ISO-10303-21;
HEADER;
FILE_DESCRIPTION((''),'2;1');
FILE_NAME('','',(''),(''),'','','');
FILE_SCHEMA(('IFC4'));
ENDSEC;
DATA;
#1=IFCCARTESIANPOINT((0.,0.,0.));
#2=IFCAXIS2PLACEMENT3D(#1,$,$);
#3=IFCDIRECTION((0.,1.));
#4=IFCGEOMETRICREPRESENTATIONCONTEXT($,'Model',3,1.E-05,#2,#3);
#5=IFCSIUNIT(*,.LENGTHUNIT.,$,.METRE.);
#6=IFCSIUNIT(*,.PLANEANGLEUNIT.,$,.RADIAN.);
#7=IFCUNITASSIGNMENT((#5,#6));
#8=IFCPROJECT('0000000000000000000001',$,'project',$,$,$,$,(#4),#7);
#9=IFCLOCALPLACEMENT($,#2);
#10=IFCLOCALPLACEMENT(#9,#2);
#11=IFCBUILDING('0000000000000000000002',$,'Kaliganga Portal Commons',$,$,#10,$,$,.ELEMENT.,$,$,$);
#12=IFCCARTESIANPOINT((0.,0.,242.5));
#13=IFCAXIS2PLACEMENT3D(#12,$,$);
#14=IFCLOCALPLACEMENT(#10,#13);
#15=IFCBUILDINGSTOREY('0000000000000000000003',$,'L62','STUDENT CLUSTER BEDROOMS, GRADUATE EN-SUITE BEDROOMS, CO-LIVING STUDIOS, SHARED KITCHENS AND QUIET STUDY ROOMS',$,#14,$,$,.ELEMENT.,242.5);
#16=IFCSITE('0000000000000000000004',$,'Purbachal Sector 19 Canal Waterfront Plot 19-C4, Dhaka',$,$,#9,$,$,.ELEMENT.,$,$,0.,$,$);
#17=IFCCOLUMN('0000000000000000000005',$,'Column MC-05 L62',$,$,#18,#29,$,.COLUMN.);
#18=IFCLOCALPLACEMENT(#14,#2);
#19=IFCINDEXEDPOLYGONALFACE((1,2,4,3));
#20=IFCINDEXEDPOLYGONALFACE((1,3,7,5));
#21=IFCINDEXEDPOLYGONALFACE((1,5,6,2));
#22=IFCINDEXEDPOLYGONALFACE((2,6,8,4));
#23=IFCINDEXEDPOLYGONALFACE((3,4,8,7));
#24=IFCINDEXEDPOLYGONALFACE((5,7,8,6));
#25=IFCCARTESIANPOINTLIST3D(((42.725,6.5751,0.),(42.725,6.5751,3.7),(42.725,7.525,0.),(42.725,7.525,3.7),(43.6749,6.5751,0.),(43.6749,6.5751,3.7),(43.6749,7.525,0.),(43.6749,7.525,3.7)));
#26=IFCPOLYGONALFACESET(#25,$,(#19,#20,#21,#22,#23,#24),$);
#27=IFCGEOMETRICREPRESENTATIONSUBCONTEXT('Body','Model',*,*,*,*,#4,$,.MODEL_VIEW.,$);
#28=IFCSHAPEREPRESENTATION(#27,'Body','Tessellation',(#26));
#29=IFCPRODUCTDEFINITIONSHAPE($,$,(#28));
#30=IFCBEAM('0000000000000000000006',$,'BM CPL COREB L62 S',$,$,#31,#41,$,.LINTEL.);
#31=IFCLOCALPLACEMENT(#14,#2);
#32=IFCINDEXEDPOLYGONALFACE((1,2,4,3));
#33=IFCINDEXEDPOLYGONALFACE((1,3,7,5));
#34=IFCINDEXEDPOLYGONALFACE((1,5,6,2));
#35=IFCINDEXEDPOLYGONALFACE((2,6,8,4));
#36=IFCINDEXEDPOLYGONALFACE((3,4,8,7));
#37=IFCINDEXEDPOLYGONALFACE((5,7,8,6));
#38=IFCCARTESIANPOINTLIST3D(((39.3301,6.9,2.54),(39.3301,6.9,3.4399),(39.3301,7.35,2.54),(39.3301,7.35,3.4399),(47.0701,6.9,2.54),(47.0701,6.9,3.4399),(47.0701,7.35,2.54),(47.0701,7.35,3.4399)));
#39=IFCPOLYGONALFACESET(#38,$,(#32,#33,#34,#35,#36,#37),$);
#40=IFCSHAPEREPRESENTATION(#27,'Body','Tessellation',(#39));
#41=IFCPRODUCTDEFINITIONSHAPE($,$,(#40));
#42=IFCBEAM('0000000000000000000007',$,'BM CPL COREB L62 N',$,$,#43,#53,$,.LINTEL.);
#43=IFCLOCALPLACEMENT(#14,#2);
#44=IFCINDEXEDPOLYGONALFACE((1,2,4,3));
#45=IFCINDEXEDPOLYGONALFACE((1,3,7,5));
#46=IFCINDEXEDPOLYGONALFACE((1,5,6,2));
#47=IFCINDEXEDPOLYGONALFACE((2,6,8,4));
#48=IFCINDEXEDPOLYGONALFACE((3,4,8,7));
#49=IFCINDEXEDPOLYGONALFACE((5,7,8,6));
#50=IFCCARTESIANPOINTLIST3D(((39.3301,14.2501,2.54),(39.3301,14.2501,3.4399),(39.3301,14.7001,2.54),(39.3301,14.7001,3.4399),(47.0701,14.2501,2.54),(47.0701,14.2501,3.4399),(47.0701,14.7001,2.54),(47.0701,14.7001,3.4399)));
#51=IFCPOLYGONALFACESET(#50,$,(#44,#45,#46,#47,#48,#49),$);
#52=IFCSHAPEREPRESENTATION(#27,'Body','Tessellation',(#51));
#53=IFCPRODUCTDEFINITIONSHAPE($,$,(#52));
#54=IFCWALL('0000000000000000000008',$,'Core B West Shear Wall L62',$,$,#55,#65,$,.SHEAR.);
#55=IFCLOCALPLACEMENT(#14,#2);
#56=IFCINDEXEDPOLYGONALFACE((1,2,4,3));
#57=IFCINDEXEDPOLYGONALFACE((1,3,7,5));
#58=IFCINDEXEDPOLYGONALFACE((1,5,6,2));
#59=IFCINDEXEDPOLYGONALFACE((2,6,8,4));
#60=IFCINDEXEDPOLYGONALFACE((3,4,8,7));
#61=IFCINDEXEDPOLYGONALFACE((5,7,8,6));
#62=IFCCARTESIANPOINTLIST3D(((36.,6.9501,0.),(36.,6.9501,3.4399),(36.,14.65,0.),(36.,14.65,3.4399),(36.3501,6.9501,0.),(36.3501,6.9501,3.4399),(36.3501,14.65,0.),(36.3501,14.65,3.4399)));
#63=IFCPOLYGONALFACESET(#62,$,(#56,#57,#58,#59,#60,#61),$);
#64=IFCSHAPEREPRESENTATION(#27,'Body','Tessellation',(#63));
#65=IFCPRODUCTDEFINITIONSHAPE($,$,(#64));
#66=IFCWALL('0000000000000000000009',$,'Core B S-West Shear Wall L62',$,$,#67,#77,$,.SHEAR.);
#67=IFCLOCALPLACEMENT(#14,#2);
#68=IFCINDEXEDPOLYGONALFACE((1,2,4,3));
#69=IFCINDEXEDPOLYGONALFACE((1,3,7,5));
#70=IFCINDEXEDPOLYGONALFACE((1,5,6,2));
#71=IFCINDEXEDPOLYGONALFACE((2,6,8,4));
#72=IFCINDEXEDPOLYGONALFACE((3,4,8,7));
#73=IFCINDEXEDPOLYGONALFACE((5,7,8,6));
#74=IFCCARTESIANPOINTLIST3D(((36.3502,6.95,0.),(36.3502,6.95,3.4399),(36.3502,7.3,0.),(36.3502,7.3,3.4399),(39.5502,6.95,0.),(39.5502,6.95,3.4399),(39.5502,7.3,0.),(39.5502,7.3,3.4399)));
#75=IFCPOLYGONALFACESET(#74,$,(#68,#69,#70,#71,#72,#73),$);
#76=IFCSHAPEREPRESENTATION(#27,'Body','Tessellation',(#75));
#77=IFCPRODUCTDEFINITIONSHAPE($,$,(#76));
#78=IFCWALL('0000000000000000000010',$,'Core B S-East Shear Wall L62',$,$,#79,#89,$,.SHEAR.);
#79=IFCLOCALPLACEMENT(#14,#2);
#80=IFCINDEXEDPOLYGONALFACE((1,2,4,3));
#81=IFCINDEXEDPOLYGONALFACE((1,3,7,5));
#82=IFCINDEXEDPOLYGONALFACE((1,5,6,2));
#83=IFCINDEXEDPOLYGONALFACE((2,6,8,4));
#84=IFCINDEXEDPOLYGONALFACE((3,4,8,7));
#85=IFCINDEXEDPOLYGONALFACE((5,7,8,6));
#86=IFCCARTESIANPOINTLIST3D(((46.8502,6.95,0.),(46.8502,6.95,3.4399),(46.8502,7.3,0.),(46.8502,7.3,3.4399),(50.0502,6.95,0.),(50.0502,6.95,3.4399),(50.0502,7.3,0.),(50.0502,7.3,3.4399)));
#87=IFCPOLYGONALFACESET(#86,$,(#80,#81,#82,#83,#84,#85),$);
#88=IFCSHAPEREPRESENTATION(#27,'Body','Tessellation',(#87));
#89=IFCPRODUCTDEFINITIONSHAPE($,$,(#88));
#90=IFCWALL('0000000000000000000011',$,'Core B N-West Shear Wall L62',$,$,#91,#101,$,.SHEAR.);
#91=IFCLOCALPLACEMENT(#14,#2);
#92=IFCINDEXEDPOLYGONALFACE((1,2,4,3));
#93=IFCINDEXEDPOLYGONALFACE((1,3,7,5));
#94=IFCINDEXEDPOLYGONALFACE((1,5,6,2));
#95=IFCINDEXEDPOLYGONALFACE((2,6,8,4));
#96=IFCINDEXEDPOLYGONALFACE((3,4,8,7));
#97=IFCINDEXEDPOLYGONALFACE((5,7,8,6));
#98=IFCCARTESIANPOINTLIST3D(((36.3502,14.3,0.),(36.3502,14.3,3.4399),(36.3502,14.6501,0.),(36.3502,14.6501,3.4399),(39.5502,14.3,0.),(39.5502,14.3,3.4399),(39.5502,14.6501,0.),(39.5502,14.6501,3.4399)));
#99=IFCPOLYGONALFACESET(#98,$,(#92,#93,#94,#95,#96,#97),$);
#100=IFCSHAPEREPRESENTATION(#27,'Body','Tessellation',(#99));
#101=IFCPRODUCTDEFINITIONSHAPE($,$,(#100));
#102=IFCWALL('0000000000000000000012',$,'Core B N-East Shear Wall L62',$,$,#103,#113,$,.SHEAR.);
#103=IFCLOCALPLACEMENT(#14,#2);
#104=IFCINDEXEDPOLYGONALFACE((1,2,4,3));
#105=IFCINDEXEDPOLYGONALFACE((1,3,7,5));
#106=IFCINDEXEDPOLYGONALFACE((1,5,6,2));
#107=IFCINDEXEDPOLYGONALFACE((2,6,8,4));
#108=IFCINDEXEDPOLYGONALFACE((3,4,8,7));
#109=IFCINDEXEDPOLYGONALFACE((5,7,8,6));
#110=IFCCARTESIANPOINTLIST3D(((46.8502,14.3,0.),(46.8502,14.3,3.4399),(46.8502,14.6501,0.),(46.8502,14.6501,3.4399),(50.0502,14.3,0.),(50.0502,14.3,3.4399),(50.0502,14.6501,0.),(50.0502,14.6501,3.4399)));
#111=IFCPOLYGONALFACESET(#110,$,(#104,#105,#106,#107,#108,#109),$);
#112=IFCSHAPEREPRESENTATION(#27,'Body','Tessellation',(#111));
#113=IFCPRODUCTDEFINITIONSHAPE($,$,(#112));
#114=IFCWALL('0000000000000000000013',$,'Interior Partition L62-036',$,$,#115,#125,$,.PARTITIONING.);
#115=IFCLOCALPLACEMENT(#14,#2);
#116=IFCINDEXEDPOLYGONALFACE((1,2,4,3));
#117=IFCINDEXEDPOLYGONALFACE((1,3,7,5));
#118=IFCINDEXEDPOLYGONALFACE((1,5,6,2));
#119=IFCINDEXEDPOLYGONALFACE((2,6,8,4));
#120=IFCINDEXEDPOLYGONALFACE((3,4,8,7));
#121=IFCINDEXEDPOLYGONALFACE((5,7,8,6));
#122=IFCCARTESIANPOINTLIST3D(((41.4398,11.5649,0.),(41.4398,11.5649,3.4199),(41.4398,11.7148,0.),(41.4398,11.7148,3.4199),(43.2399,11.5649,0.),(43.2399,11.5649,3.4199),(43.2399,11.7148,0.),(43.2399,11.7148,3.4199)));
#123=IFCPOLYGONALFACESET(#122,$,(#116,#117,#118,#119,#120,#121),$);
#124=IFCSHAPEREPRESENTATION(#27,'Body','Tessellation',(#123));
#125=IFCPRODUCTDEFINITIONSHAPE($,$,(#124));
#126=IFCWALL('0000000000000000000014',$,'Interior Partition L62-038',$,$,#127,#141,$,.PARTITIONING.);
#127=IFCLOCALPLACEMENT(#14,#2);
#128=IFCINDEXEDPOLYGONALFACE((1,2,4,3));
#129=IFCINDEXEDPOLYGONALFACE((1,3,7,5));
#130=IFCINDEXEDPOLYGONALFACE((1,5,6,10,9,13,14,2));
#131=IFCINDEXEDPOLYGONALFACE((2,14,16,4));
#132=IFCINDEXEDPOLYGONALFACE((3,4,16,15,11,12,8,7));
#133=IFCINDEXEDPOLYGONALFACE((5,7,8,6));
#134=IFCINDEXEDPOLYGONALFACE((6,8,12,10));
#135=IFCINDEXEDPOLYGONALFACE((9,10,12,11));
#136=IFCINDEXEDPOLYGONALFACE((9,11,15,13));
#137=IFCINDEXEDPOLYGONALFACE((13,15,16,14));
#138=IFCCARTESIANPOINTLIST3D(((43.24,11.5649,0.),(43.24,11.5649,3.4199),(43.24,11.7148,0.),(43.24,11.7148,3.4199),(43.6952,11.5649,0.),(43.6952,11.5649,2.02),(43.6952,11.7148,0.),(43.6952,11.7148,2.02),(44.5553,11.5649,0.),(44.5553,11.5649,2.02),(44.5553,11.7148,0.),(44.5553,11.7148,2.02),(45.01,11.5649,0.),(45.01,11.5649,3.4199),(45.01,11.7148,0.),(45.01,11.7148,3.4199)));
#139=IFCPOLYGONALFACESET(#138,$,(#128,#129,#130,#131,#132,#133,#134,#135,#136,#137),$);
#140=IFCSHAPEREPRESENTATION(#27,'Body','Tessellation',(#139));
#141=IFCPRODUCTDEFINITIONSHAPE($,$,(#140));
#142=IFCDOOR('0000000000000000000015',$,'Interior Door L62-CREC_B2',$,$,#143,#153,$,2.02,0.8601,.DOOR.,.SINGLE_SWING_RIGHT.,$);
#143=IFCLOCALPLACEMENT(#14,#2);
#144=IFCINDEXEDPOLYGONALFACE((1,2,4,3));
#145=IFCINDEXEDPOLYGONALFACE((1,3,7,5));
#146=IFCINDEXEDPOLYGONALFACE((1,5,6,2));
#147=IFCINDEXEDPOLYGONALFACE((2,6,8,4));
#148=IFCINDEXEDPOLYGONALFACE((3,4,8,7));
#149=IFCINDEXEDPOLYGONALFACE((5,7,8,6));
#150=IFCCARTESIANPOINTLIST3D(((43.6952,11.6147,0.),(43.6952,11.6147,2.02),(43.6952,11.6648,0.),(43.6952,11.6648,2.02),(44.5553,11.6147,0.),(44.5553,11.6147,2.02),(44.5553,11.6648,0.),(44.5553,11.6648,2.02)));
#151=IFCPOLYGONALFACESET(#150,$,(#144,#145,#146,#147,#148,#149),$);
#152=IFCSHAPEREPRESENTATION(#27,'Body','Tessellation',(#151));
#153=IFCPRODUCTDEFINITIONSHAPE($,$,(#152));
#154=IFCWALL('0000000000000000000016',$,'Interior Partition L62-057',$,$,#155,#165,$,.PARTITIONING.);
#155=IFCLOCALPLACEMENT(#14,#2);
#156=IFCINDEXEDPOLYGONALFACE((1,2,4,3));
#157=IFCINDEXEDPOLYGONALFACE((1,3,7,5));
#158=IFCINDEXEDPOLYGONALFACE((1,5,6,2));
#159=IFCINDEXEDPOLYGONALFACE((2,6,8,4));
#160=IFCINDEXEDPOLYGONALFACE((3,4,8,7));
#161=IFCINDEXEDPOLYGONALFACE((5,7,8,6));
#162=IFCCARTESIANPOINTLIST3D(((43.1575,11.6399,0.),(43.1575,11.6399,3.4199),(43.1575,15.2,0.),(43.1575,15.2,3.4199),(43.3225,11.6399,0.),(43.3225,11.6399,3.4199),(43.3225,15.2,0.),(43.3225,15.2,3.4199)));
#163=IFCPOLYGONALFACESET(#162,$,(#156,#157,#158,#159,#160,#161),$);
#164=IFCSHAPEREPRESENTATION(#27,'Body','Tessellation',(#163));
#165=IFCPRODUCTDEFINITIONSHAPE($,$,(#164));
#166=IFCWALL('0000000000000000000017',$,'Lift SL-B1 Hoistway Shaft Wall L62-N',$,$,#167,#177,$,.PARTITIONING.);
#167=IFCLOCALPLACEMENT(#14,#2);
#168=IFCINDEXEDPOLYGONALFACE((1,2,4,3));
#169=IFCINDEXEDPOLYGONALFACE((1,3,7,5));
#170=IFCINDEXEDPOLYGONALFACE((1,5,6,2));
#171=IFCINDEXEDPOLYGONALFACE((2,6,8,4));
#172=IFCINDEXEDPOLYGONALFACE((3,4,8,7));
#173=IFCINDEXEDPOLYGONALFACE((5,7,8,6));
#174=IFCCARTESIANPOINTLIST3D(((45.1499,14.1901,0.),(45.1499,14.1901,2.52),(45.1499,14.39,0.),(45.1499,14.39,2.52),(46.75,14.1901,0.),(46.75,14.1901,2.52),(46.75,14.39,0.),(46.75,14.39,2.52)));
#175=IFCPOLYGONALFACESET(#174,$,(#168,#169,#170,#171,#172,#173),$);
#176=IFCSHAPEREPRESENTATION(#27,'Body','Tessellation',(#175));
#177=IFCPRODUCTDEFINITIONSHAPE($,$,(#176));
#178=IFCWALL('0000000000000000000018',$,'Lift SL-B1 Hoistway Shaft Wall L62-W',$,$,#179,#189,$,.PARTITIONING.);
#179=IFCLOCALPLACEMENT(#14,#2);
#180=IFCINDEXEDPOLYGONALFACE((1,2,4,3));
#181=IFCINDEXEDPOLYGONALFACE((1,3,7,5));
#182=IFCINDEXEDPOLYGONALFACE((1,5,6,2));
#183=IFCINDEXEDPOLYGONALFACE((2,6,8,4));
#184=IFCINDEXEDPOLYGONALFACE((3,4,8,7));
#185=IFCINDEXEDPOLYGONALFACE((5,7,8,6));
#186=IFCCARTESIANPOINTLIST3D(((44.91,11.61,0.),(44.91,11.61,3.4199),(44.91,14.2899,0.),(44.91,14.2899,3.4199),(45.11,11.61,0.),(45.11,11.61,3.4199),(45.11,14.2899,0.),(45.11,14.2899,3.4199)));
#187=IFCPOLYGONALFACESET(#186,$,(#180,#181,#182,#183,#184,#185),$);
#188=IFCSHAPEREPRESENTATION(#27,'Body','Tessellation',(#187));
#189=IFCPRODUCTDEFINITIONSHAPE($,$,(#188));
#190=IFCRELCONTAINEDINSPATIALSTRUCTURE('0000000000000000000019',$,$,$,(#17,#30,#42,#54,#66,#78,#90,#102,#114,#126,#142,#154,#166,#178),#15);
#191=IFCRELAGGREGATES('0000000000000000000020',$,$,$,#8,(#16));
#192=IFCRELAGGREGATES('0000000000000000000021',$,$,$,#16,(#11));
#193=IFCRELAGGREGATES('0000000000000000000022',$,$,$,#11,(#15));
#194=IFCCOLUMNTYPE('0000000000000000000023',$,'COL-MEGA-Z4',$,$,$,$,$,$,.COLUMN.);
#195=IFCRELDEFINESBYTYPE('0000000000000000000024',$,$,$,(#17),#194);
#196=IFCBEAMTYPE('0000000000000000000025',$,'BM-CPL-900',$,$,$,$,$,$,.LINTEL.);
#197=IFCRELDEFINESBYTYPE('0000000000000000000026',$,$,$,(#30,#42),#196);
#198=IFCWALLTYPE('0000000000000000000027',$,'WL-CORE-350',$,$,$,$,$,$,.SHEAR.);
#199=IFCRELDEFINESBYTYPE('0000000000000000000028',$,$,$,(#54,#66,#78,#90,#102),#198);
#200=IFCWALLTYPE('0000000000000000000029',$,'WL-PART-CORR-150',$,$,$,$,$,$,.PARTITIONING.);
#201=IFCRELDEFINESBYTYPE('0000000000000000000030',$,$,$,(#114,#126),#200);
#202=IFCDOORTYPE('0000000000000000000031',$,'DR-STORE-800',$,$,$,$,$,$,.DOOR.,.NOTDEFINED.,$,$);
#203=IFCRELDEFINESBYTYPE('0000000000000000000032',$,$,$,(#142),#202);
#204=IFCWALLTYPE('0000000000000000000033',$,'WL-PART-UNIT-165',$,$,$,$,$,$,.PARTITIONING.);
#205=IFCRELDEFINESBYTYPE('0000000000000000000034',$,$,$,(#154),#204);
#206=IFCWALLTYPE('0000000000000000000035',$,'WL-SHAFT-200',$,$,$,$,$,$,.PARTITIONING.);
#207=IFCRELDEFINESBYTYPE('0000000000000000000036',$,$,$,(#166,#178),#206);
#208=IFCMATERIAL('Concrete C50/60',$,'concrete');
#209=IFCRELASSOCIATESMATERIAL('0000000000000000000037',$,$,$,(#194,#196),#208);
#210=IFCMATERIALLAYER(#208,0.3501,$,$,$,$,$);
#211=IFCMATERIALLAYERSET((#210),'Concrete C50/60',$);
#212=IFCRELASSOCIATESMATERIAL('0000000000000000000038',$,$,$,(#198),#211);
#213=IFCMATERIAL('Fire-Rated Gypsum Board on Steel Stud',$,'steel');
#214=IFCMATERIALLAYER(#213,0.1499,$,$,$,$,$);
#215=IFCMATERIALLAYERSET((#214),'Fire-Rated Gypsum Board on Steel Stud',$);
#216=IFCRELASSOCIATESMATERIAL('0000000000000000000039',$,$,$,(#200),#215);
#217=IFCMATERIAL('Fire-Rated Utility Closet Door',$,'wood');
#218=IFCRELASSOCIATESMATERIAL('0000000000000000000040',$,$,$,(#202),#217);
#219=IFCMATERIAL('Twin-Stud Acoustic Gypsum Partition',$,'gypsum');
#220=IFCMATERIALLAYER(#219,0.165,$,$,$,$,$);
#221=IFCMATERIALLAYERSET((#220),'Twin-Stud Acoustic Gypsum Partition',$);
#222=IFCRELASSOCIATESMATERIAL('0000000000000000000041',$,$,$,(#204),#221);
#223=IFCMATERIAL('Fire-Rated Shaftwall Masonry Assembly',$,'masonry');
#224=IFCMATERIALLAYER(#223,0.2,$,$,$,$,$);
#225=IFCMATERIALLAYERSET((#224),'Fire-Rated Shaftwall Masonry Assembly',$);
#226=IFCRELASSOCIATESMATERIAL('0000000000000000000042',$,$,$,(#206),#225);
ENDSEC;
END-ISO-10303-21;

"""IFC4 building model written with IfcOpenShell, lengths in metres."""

from ifc_helpers import new_model, si_unit, direction, frame, frame_2d, origin, origin_2d, place, context, subcontext, project, spatial, rectangle, extrude, source, transform, mapped, material, layer, layer_set, material_profile, profile_set, type_object, element, fill, save


model = new_model("IFC4")

# Units and contexts
model_context = context("Model", 3, precision=1e-05, world=origin(), true_north=direction((0.0, 1.0)))
body_context = subcontext(model_context, "Body", "Model", "MODEL_VIEW")
ifc_project = project(units=[si_unit("LENGTHUNIT", "METRE"), si_unit("PLANEANGLEUNIT", "RADIAN")], contexts=[model_context])

# Site, building, storey
site_placement = place(None, origin())
site = spatial("IfcSite", under=ifc_project, at=site_placement, Name="Purbachal Sector 19 Canal Waterfront Plot 19-C4, Dhaka", CompositionType="ELEMENT", RefElevation=0.0)
building_placement = place(site_placement, origin())
building = spatial("IfcBuilding", under=site, at=building_placement, Name="Kaliganga Portal Commons", CompositionType="ELEMENT")
storey_placement = place(building_placement, frame((0.0, 0.0, 242.5)))
storey = spatial("IfcBuildingStorey", under=building, at=storey_placement, Name="L62", Description="STUDENT CLUSTER BEDROOMS, GRADUATE EN-SUITE BEDROOMS, CO-LIVING STUDIOS, SHARED KITCHENS AND QUIET STUDY ROOMS", CompositionType="ELEMENT", Elevation=242.5)

# Column
ifc_material_1 = material(Name="Concrete C50/60", Category="concrete")
ifc_material_profile_1 = material_profile(ifc_material_1, rectangle(XDim=0.95, YDim=0.95, at=origin_2d()), Name="RC 950x950")
ifc_profile_set_1 = profile_set([ifc_material_profile_1], Name="Concrete C50/60")
column_type = type_object("IfcColumnType", Name="COL-MEGA-Z4", PredefinedType="COLUMN", material=ifc_profile_set_1)
shared_shape_1 = source(origin(), body_context, "Body", "SweptSolid", [
    extrude(rectangle(XDim=0.95, YDim=0.95, at=origin_2d()), origin(), (0.0, 0.0, 1.0), 3.7),
])
column_placement = place(storey_placement, frame((43.2, 7.05, 0.0), z_axis=(0.0, 0.0, 1.0), x_axis=(1.0, 0.0, 0.0)))
element("IfcColumn", 1, at=column_placement, inside=storey, type_object=column_type, Name="Column MC-05 L62", PredefinedType="COLUMN", context=body_context, shape_type="MappedRepresentation", body=[
    mapped(shared_shape_1, transform((0.0, 0.0, 0.0), x_axis=(1.0, 0.0, 0.0), y_axis=(0.0, 1.0, 0.0), z_axis=(0.0, 0.0, 1.0), scale=1.0)),
])

# Beams
ifc_material_profile_2 = material_profile(ifc_material_1, rectangle(XDim=0.45, YDim=0.8999, at=origin_2d()), Name="RC 450x900")
ifc_profile_set_2 = profile_set([ifc_material_profile_2], Name="Concrete C50/60")
beam_type = type_object("IfcBeamType", Name="BM-CPL-900", PredefinedType="LINTEL", material=ifc_profile_set_2)
shared_shape_2 = source(origin(), body_context, "Body", "SweptSolid", [
    extrude(rectangle(XDim=0.45, YDim=0.8999, at=origin_2d()), origin(), (0.0, 0.0, 1.0), 7.74),
])
for number, where, z_axis, x_axis, name in (
    (2, (39.3301, 7.125, 2.99), (1.0, 0.0, 0.0), (0.0, 1.0, 0.0), "BM CPL COREB L62 S"),
    (3, (39.3301, 14.4751, 2.99), (1.0, 0.0, 0.0), (0.0, 1.0, 0.0), "BM CPL COREB L62 N"),
):
    element("IfcBeam", number, at=place(storey_placement, frame(where, z_axis=z_axis, x_axis=x_axis)), inside=storey, type_object=beam_type, Name=name, PredefinedType="LINTEL", context=body_context, shape_type="MappedRepresentation", body=[
        mapped(shared_shape_2, transform((0.0, 0.0, 0.0), x_axis=(1.0, 0.0, 0.0), y_axis=(0.0, 1.0, 0.0), z_axis=(0.0, 0.0, 1.0), scale=1.0)),
    ])

# Walls
ifc_layer_1 = layer(ifc_material_1, 0.3501)
ifc_layer_set_1 = layer_set([ifc_layer_1], Name="Concrete C50/60")
wall_type_1 = type_object("IfcWallType", Name="WL-CORE-350", PredefinedType="SHEAR", material=ifc_layer_set_1)
wall_1_placement = place(storey_placement, frame((36.175, 6.95, 0.0), z_axis=(0.0, 0.0, 1.0), x_axis=(0.0, 1.0, 0.0)))
element("IfcWall", 4, at=wall_1_placement, inside=storey, type_object=wall_type_1, Name="Core B West Shear Wall L62", PredefinedType="SHEAR", context=body_context, shape_type="SweptSolid", body=[
    extrude(rectangle(XDim=7.7, YDim=0.3501, at=frame_2d((3.8501, 0.0))), origin(), (0.0, 0.0, 1.0), 3.4399),
])
for number, where, z_axis, x_axis, name in (
    (5, (36.3501, 7.125, 0.0), (0.0, 0.0, 1.0), (1.0, 0.0, 0.0), "Core B S-West Shear Wall L62"),
    (6, (46.8501, 7.125, 0.0), (0.0, 0.0, 1.0), (1.0, 0.0, 0.0), "Core B S-East Shear Wall L62"),
    (7, (36.3501, 14.4751, 0.0), (0.0, 0.0, 1.0), (1.0, 0.0, 0.0), "Core B N-West Shear Wall L62"),
    (8, (46.8501, 14.4751, 0.0), (0.0, 0.0, 1.0), (1.0, 0.0, 0.0), "Core B N-East Shear Wall L62"),
):
    element("IfcWall", number, at=place(storey_placement, frame(where, z_axis=z_axis, x_axis=x_axis)), inside=storey, type_object=wall_type_1, Name=name, PredefinedType="SHEAR", context=body_context, shape_type="SweptSolid", body=[
        extrude(rectangle(XDim=3.2, YDim=0.3501, at=frame_2d((1.6001, 0.0))), origin(), (0.0, 0.0, 1.0), 3.4399),
    ])

# Shared definitions
ifc_material_2 = material(Name="Fire-Rated Gypsum Board on Steel Stud", Category="steel")
ifc_layer_2 = layer(ifc_material_2, 0.1499)
ifc_layer_set_2 = layer_set([ifc_layer_2], Name="Fire-Rated Gypsum Board on Steel Stud")
wall_type_2 = type_object("IfcWallType", Name="WL-PART-CORR-150", PredefinedType="PARTITIONING", material=ifc_layer_set_2)

# Wall
wall_2_placement = place(storey_placement, frame((41.4399, 11.6399, 0.0), z_axis=(0.0, 0.0, 1.0), x_axis=(1.0, 0.0, 0.0)))
element("IfcWall", 9, at=wall_2_placement, inside=storey, type_object=wall_type_2, Name="Interior Partition L62-036", PredefinedType="PARTITIONING", context=body_context, shape_type="SweptSolid", body=[
    extrude(rectangle(XDim=1.8, YDim=0.1499, at=frame_2d((0.8999, 0.0))), origin(), (0.0, 0.0, 1.0), 3.4199),
])

# Wall, opening, door
wall_3_placement = place(storey_placement, frame((43.24, 11.6399, 0.0), z_axis=(0.0, 0.0, 1.0), x_axis=(1.0, 0.0, 0.0)))
wall_3 = element("IfcWall", 10, at=wall_3_placement, inside=storey, type_object=wall_type_2, Name="Interior Partition L62-038", PredefinedType="PARTITIONING", context=body_context, shape_type="SweptSolid", body=[
    extrude(rectangle(XDim=1.77, YDim=0.1499, at=frame_2d((0.885, 0.0))), origin(), (0.0, 0.0, 1.0), 3.4199),
])
opening_1_placement = place(wall_3_placement, frame((0.4551, 0.0, 0.0)))
opening_1 = element("IfcOpeningElement", 11, at=opening_1_placement, cuts=wall_3, PredefinedType="OPENING", context=body_context, shape_type="SweptSolid", body=[
    extrude(rectangle(XDim=0.8601, YDim=2.02, at=frame_2d((0.4302, 1.01))), frame((0.0, 0.085, 0.0), z_axis=(0.0, -1.0, 0.0), x_axis=(1.0, 0.0, 0.0)), (0.0, 0.0, 1.0), 0.1699),
])
ifc_material_3 = material(Name="Fire-Rated Utility Closet Door", Category="wood")
door_type_1 = type_object("IfcDoorType", Name="DR-STORE-800", OperationType="NOTDEFINED", PredefinedType="DOOR", material=ifc_material_3)
door_1_placement = place(opening_1_placement, origin())
door_1 = element("IfcDoor", 12, at=door_1_placement, inside=storey, type_object=door_type_1, Name="Interior Door L62-CREC_B2", OperationType="SINGLE_SWING_RIGHT", OverallHeight=2.02, OverallWidth=0.8601, PredefinedType="DOOR", context=body_context, shape_type="SweptSolid", body=[
    extrude(rectangle(XDim=0.8601, YDim=2.02, at=frame_2d((0.4302, 1.01))), frame((0.0, 0.0249, 0.0), z_axis=(0.0, -1.0, 0.0), x_axis=(1.0, 0.0, 0.0)), (0.0, 0.0, 1.0), 0.05),
])
fill(opening_1, door_1)

# Wall
ifc_material_4 = material(Name="Twin-Stud Acoustic Gypsum Partition", Category="gypsum")
ifc_layer_3 = layer(ifc_material_4, 0.165)
ifc_layer_set_3 = layer_set([ifc_layer_3], Name="Twin-Stud Acoustic Gypsum Partition")
wall_type_3 = type_object("IfcWallType", Name="WL-PART-UNIT-165", PredefinedType="PARTITIONING", material=ifc_layer_set_3)
wall_4_placement = place(storey_placement, frame((43.24, 11.6399, 0.0), z_axis=(0.0, 0.0, 1.0), x_axis=(0.0, 1.0, 0.0)))
element("IfcWall", 13, at=wall_4_placement, inside=storey, type_object=wall_type_3, Name="Interior Partition L62-057", PredefinedType="PARTITIONING", context=body_context, shape_type="SweptSolid", body=[
    extrude(rectangle(XDim=3.5601, YDim=0.165, at=frame_2d((1.78, 0.0))), origin(), (0.0, 0.0, 1.0), 3.4199),
])

# Shared definitions
ifc_material_5 = material(Name="Fire-Rated Shaftwall Masonry Assembly", Category="masonry")
ifc_layer_4 = layer(ifc_material_5, 0.2)
ifc_layer_set_4 = layer_set([ifc_layer_4], Name="Fire-Rated Shaftwall Masonry Assembly")
wall_type_4 = type_object("IfcWallType", Name="WL-SHAFT-200", PredefinedType="PARTITIONING", material=ifc_layer_set_4)

# Walls
wall_5_placement = place(storey_placement, frame((45.1499, 14.29, 0.0), z_axis=(0.0, 0.0, 1.0), x_axis=(1.0, 0.0, 0.0)))
element("IfcWall", 14, at=wall_5_placement, inside=storey, type_object=wall_type_4, Name="Lift SL-B1 Hoistway Shaft Wall L62-N", PredefinedType="PARTITIONING", context=body_context, shape_type="SweptSolid", body=[
    extrude(rectangle(XDim=1.6001, YDim=0.2, at=frame_2d((0.8, 0.0))), origin(), (0.0, 0.0, 1.0), 2.52),
])
wall_6_placement = place(storey_placement, frame((45.01, 11.6101, 0.0), z_axis=(0.0, 0.0, 1.0), x_axis=(0.0, 1.0, 0.0)))
element("IfcWall", 15, at=wall_6_placement, inside=storey, type_object=wall_type_4, Name="Lift SL-B1 Hoistway Shaft Wall L62-W", PredefinedType="PARTITIONING", context=body_context, shape_type="SweptSolid", body=[
    extrude(rectangle(XDim=2.6799, YDim=0.2, at=frame_2d((1.3398, 0.0))), origin(), (0.0, 0.0, 1.0), 3.4199),
])

save(model, "model.ifc")
